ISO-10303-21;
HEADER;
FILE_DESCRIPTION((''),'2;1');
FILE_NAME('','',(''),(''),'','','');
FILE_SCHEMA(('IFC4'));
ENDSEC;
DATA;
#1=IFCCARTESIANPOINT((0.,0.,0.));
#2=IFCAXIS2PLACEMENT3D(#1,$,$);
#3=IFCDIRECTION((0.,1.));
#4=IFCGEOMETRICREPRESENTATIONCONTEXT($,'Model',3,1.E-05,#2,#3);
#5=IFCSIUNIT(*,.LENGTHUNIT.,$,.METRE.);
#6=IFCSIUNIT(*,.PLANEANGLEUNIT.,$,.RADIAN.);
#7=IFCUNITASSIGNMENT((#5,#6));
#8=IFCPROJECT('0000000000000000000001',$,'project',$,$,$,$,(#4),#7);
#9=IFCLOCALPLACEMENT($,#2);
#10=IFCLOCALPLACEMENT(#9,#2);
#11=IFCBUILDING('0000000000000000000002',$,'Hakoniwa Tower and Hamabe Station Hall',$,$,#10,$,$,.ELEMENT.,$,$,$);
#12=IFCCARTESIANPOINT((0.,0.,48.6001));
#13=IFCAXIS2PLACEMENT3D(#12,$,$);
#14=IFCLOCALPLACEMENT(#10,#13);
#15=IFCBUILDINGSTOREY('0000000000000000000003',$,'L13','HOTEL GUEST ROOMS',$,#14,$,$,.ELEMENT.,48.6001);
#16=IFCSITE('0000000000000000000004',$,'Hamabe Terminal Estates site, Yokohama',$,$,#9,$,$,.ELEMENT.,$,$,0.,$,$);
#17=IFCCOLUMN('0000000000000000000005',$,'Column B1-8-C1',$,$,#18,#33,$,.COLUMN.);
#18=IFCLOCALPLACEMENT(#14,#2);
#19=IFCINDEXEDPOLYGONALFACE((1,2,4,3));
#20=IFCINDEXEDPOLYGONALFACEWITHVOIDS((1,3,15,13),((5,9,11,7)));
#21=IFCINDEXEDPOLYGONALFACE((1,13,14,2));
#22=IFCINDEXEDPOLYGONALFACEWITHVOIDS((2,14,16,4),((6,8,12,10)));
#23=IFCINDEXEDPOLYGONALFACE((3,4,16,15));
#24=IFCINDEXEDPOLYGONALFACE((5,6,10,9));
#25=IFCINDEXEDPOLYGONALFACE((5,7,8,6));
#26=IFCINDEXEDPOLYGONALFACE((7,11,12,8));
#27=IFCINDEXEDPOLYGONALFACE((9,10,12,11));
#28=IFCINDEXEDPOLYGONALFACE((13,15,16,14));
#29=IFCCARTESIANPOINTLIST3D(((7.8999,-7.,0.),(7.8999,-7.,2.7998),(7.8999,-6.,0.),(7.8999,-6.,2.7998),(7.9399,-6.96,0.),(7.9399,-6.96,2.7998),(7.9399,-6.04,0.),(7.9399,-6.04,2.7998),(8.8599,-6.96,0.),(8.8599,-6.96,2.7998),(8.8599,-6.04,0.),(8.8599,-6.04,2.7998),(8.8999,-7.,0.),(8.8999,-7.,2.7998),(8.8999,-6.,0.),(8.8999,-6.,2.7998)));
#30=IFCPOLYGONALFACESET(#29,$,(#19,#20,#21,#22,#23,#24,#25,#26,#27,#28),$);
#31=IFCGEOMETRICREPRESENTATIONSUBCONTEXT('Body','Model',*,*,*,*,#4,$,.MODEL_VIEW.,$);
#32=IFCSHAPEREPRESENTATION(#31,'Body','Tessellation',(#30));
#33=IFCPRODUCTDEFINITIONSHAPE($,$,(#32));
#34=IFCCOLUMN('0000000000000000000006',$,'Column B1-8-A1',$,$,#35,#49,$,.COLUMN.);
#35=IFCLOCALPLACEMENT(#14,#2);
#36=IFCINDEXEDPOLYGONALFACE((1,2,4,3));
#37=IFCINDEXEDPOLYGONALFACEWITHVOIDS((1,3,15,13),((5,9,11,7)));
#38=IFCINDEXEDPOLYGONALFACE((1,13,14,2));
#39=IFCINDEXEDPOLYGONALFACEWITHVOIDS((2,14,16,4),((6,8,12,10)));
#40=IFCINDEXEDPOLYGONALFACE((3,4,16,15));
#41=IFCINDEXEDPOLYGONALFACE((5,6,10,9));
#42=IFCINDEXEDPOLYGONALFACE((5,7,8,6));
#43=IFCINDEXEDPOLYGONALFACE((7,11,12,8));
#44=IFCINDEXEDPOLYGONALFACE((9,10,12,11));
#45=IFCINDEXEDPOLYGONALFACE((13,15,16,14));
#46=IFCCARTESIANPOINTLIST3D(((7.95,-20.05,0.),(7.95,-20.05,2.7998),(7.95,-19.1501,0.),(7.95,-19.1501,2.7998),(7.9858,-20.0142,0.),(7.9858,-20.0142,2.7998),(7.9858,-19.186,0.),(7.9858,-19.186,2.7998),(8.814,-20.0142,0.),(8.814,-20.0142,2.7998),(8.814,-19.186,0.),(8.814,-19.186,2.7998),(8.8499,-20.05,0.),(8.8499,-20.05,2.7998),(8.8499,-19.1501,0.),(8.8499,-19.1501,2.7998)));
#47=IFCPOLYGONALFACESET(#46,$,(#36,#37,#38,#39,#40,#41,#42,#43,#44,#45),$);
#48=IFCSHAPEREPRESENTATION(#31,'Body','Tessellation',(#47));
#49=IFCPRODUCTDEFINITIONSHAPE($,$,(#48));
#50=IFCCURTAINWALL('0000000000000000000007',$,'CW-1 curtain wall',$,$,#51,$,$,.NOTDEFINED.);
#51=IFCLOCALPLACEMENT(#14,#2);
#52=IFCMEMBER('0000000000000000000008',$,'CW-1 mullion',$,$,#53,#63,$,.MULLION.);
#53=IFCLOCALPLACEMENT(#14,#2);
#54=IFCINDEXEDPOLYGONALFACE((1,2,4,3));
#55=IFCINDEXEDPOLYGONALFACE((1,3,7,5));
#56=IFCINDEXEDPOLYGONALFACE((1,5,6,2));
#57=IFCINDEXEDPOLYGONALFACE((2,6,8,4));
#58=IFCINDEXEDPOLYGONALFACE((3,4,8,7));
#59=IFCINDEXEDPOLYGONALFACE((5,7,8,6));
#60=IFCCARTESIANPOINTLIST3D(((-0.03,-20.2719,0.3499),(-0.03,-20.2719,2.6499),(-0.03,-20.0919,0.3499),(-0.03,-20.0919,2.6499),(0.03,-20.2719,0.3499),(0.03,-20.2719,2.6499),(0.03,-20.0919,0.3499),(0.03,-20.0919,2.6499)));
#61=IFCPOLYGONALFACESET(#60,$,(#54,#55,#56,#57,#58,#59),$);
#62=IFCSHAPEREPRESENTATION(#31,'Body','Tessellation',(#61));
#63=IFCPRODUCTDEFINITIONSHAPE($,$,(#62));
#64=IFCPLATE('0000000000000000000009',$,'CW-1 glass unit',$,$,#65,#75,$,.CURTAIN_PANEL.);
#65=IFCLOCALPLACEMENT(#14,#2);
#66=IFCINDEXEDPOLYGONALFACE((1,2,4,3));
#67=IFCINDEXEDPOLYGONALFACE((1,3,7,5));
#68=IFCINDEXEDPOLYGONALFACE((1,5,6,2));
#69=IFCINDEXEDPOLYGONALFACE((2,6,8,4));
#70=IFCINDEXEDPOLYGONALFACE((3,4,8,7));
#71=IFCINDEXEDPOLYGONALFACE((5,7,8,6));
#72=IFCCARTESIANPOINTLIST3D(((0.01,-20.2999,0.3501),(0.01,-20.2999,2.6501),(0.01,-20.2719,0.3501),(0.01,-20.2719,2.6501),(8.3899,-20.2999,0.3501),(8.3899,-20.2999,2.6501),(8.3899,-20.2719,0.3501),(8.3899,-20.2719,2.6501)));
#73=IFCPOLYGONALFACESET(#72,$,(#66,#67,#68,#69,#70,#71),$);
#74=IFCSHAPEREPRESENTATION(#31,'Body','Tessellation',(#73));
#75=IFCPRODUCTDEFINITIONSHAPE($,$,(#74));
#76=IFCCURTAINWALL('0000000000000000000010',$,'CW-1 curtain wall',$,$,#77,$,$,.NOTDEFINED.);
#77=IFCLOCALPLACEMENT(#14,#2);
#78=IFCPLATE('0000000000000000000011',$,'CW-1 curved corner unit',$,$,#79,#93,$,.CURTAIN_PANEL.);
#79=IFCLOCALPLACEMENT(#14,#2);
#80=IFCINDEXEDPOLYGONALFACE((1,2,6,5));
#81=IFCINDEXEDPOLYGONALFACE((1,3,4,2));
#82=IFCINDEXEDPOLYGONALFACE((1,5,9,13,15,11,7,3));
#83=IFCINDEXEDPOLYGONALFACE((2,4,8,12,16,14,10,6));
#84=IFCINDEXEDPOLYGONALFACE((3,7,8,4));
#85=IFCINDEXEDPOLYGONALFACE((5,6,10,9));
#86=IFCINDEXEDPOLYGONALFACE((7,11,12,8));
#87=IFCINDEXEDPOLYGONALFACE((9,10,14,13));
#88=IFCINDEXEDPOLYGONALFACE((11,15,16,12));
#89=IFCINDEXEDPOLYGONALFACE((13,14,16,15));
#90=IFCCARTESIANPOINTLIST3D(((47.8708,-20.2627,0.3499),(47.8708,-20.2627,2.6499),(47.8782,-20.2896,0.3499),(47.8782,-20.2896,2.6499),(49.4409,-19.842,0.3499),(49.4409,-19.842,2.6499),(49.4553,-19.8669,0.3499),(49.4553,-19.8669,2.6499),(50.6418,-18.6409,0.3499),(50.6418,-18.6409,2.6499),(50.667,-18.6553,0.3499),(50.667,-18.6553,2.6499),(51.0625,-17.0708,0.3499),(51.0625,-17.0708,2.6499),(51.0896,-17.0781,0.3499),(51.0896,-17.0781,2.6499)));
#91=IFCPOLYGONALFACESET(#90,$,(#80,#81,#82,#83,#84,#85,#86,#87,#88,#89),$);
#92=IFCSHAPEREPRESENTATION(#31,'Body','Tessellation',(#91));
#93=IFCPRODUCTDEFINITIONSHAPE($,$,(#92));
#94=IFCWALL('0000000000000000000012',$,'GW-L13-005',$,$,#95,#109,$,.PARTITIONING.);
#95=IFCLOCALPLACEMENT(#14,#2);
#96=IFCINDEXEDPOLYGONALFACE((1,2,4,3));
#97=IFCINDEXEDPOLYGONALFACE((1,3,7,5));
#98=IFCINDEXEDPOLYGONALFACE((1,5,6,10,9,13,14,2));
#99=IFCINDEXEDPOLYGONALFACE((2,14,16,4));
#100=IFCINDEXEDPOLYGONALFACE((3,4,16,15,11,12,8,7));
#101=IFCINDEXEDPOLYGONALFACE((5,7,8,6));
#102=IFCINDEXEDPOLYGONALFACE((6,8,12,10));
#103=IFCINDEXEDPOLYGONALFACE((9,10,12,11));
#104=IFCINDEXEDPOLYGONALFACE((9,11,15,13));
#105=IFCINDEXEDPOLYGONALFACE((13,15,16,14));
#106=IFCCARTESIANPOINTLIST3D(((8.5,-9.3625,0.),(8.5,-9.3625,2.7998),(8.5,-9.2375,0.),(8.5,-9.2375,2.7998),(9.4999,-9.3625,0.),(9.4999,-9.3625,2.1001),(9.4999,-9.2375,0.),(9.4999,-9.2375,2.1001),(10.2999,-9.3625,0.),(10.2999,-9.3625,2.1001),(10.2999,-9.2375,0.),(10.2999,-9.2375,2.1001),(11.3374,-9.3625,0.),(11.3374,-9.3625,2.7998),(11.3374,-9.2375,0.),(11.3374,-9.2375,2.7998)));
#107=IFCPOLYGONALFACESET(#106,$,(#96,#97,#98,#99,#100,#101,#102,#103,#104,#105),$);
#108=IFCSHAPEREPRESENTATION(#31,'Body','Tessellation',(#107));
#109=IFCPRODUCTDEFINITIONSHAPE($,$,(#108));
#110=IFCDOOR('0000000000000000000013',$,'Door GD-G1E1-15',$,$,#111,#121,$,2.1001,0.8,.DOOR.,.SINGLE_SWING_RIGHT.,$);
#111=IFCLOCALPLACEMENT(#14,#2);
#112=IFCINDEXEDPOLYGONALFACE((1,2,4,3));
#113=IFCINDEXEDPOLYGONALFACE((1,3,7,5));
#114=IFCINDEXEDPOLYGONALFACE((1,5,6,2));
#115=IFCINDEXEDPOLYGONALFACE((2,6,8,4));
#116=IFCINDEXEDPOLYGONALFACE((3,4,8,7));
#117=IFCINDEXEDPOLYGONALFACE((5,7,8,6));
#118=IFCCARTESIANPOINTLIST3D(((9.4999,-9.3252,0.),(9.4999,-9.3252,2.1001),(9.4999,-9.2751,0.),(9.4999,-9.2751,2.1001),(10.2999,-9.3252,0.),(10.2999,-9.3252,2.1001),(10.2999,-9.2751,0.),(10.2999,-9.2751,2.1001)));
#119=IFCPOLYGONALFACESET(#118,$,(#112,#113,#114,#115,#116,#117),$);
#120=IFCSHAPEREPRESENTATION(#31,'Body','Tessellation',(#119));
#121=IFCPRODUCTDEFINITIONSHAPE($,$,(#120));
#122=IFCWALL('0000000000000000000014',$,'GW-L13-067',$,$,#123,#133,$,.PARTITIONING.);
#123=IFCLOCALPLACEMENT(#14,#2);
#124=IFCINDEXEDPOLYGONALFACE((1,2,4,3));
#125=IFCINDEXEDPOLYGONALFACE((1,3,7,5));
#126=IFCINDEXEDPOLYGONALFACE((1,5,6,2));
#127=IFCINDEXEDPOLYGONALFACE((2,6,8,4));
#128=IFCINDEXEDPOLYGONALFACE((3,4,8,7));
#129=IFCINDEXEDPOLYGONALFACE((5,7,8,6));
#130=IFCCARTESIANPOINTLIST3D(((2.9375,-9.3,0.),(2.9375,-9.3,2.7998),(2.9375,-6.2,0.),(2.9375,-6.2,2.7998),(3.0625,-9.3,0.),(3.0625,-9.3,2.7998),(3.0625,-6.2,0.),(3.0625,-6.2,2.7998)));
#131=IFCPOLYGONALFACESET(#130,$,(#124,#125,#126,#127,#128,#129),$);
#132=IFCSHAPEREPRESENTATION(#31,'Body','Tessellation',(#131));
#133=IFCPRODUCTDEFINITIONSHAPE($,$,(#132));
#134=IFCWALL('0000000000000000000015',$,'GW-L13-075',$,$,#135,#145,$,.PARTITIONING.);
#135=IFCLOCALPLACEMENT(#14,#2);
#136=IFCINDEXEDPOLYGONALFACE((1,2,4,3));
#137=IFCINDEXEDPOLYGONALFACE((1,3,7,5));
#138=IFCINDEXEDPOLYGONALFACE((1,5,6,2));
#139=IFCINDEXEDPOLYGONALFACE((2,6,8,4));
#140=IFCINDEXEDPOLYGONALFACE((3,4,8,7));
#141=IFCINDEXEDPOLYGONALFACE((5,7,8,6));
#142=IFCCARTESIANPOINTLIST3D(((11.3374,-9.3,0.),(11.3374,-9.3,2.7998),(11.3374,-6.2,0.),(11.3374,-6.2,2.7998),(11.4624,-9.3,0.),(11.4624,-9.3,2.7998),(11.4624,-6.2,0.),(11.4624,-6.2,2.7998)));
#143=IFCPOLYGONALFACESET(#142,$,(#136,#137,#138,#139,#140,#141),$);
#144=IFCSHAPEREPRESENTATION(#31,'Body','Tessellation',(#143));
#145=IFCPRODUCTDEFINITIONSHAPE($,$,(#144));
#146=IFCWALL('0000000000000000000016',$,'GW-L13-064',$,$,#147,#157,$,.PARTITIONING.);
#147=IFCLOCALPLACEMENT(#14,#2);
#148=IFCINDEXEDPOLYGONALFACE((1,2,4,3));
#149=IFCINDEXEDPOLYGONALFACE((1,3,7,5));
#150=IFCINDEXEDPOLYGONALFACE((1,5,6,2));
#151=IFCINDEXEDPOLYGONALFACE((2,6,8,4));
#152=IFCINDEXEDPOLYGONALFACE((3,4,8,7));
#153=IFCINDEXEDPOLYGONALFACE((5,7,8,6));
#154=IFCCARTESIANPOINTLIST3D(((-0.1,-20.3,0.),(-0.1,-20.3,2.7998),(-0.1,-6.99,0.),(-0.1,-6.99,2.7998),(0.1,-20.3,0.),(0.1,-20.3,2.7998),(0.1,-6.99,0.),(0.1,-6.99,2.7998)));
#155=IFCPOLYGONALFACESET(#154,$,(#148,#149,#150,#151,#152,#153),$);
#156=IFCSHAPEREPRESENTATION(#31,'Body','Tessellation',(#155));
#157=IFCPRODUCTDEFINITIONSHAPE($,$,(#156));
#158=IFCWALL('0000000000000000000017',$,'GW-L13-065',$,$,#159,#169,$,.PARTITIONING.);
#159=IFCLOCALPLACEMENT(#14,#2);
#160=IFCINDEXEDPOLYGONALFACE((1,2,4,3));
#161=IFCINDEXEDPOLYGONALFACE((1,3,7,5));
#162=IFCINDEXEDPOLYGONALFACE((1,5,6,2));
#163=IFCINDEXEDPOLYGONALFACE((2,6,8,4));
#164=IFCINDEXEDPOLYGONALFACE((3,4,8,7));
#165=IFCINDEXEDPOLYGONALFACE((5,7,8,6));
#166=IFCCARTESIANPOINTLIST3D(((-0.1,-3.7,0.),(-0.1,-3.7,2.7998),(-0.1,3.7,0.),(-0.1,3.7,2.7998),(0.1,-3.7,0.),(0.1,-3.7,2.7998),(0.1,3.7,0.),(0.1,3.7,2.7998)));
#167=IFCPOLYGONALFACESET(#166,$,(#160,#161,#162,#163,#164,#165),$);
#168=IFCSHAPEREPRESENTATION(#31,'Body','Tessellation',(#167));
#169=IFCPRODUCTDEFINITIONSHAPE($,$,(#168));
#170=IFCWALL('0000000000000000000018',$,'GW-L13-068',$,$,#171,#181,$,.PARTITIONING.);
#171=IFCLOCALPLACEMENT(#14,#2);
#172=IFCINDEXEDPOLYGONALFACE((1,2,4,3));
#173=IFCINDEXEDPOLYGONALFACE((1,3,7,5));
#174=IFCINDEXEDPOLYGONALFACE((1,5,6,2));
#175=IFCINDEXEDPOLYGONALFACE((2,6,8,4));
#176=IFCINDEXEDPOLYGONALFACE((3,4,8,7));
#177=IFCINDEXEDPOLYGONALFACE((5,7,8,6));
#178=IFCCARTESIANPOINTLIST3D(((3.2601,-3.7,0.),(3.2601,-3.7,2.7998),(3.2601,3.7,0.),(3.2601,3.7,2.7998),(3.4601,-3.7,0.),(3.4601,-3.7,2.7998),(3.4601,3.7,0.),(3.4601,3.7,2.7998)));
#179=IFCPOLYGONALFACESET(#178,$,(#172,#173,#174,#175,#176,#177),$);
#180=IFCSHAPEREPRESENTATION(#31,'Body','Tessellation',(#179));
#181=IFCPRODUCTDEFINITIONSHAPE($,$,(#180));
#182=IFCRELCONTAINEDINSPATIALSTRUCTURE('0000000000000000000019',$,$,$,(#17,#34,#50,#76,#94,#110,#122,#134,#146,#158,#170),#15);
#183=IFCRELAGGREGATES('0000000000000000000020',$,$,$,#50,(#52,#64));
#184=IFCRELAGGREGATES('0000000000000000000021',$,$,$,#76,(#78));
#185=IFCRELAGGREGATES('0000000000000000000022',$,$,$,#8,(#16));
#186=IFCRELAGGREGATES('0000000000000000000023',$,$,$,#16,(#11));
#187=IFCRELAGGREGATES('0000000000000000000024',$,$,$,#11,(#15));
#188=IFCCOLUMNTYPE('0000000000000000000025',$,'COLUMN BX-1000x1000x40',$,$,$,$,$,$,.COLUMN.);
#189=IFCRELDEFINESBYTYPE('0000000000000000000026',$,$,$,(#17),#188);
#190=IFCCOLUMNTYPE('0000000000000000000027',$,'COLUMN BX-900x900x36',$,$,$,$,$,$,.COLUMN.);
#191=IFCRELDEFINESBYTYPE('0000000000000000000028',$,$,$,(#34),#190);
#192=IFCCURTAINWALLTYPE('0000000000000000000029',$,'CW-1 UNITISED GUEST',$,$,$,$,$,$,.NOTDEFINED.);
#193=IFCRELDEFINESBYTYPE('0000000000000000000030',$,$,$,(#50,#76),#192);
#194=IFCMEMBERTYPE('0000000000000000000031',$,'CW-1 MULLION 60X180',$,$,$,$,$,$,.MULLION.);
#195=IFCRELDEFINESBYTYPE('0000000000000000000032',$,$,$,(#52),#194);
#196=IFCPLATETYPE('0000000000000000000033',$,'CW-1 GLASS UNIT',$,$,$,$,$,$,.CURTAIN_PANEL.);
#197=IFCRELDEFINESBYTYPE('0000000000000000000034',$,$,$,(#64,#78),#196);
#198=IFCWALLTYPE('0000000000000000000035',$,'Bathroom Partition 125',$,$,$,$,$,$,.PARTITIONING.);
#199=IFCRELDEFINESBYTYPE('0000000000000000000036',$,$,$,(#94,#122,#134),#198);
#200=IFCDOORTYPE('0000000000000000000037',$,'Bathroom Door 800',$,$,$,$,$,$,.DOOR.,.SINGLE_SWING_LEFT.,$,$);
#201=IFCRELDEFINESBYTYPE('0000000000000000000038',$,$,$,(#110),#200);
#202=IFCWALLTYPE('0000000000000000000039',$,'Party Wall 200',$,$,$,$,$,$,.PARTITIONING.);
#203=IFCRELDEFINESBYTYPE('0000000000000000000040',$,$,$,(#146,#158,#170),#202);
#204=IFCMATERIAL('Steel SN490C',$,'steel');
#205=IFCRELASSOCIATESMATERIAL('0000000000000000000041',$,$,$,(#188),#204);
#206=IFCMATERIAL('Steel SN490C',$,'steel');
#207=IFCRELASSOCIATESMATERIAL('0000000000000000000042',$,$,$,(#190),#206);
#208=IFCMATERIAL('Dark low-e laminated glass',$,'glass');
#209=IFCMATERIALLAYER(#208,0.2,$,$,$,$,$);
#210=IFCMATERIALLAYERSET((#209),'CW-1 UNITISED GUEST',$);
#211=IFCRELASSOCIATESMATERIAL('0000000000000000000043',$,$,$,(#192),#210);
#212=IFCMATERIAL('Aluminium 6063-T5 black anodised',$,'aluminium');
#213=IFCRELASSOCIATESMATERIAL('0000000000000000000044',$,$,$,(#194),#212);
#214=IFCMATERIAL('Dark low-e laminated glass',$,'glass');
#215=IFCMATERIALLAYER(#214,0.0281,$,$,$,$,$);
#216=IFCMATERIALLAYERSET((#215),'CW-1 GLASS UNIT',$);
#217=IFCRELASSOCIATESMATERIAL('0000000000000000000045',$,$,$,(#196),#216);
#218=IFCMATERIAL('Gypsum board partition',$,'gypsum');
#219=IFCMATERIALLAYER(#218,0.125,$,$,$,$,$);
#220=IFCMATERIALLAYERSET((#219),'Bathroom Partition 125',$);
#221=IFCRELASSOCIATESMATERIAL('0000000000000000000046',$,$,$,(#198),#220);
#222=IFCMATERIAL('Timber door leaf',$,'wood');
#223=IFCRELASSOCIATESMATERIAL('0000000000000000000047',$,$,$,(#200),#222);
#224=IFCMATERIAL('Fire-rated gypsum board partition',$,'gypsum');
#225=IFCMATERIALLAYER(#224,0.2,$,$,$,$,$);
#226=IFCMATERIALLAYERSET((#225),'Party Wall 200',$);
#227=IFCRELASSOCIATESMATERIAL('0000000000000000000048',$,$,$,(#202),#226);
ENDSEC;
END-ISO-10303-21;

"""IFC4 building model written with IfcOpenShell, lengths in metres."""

from ifc_helpers import new_model, si_unit, direction, frame, frame_2d, origin, origin_2d, place, context, subcontext, project, spatial, polyline, rectangle, hollow_rectangle, outline, extrude, material, layer, layer_set, material_profile, profile_set, type_object, element, fill, aggregate, save


model = new_model("IFC4")

# Units and contexts
model_context = context("Model", 3, precision=1e-05, world=origin(), true_north=direction((0.0, 1.0)))
body_context = subcontext(model_context, "Body", "Model", "MODEL_VIEW")
ifc_project = project(units=[si_unit("LENGTHUNIT", "METRE"), si_unit("PLANEANGLEUNIT", "RADIAN")], contexts=[model_context])

# Site, building, storey
site_placement = place(None, origin())
site = spatial("IfcSite", under=ifc_project, at=site_placement, Name="Hamabe Terminal Estates site, Yokohama", CompositionType="ELEMENT", RefElevation=0.0)
building_placement = place(site_placement, origin())
building = spatial("IfcBuilding", under=site, at=building_placement, Name="Hakoniwa Tower and Hamabe Station Hall", CompositionType="ELEMENT")
storey_placement = place(building_placement, frame((0.0, 0.0, 48.6001)))
storey = spatial("IfcBuildingStorey", under=building, at=storey_placement, Name="L13", Description="HOTEL GUEST ROOMS", CompositionType="ELEMENT", Elevation=48.6001)

# Columns
ifc_material_1 = material(Name="Steel SN490C", Category="steel")
ifc_material_profile_1 = material_profile(ifc_material_1, hollow_rectangle(XDim=1.0, YDim=1.0, WallThickness=0.04, at=origin_2d()), Name="BX-1000x1000x40")
ifc_profile_set_1 = profile_set([ifc_material_profile_1], Name="Steel SN490C")
column_type_1 = type_object("IfcColumnType", Name="COLUMN BX-1000x1000x40", PredefinedType="COLUMN", material=ifc_profile_set_1)
column_1_placement = place(storey_placement, frame((8.3999, -6.5, 0.0), z_axis=(0.0, 0.0, 1.0), x_axis=(1.0, 0.0, 0.0)))
element("IfcColumn", 1, at=column_1_placement, inside=storey, type_object=column_type_1, Name="Column B1-8-C1", PredefinedType="COLUMN", context=body_context, shape_type="SweptSolid", body=[
    extrude(hollow_rectangle(XDim=1.0, YDim=1.0, WallThickness=0.04, at=origin_2d()), origin(), (0.0, 0.0, 1.0), 2.7998),
])
ifc_material_2 = material(Name="Steel SN490C", Category="steel")
ifc_material_profile_2 = material_profile(ifc_material_2, hollow_rectangle(XDim=0.8999, YDim=0.8999, WallThickness=0.0359, at=origin_2d()), Name="BX-900x900x36")
ifc_profile_set_2 = profile_set([ifc_material_profile_2], Name="Steel SN490C")
column_type_2 = type_object("IfcColumnType", Name="COLUMN BX-900x900x36", PredefinedType="COLUMN", material=ifc_profile_set_2)
column_2_placement = place(storey_placement, frame((8.3999, -19.6001, 0.0), z_axis=(0.0, 0.0, 1.0), x_axis=(1.0, 0.0, 0.0)))
element("IfcColumn", 2, at=column_2_placement, inside=storey, type_object=column_type_2, Name="Column B1-8-A1", PredefinedType="COLUMN", context=body_context, shape_type="SweptSolid", body=[
    extrude(hollow_rectangle(XDim=0.8999, YDim=0.8999, WallThickness=0.0359, at=origin_2d()), origin(), (0.0, 0.0, 1.0), 2.7998),
])

# Curtain wall, member, plate
ifc_material_3 = material(Name="Dark low-e laminated glass", Category="glass")
ifc_layer_1 = layer(ifc_material_3, 0.2)
ifc_layer_set_1 = layer_set([ifc_layer_1], Name="CW-1 UNITISED GUEST")
curtain_wall_type = type_object("IfcCurtainWallType", Name="CW-1 UNITISED GUEST", PredefinedType="NOTDEFINED", material=ifc_layer_set_1)
curtain_wall_1_placement = place(storey_placement, origin())
curtain_wall_1 = element("IfcCurtainWall", 3, at=curtain_wall_1_placement, inside=storey, type_object=curtain_wall_type, Name="CW-1 curtain wall", PredefinedType="NOTDEFINED")
ifc_material_4 = material(Name="Aluminium 6063-T5 black anodised", Category="aluminium")
ifc_material_profile_3 = material_profile(ifc_material_4, rectangle(XDim=0.0601, YDim=0.1799, at=origin_2d()), Name="CW-1 MULLION 60X180")
ifc_profile_set_3 = profile_set([ifc_material_profile_3], Name="Aluminium 6063-T5 black anodised")
member_type = type_object("IfcMemberType", Name="CW-1 MULLION 60X180", PredefinedType="MULLION", material=ifc_profile_set_3)
member_placement = place(storey_placement, frame((0.0, -20.1819, 0.3499), z_axis=(0.0, 0.0, 1.0), x_axis=(1.0, 0.0, 0.0)))
member = element("IfcMember", 4, at=member_placement, type_object=member_type, Name="CW-1 mullion", PredefinedType="MULLION", context=body_context, shape_type="SweptSolid", body=[
    extrude(rectangle(XDim=0.0601, YDim=0.1799, at=origin_2d()), origin(), (0.0, 0.0, 1.0), 2.3),
])
ifc_material_5 = material(Name="Dark low-e laminated glass", Category="glass")
ifc_layer_2 = layer(ifc_material_5, 0.0281)
ifc_layer_set_2 = layer_set([ifc_layer_2], Name="CW-1 GLASS UNIT")
plate_type = type_object("IfcPlateType", Name="CW-1 GLASS UNIT", PredefinedType="CURTAIN_PANEL", material=ifc_layer_set_2)
plate_1_placement = place(storey_placement, frame((4.2, -20.2859, 0.3501), z_axis=(0.0, 0.0, 1.0), x_axis=(1.0, 0.0, 0.0)))
plate_1 = element("IfcPlate", 5, at=plate_1_placement, type_object=plate_type, Name="CW-1 glass unit", PredefinedType="CURTAIN_PANEL", context=body_context, shape_type="SweptSolid", body=[
    extrude(rectangle(XDim=8.3799, YDim=0.0281, at=origin_2d()), origin(), (0.0, 0.0, 1.0), 2.3),
])
aggregate(curtain_wall_1, [member, plate_1])

# Curtain wall, plate
curtain_wall_2_placement = place(storey_placement, origin())
curtain_wall_2 = element("IfcCurtainWall", 6, at=curtain_wall_2_placement, inside=storey, type_object=curtain_wall_type, Name="CW-1 curtain wall", PredefinedType="NOTDEFINED")
plate_2_placement = place(storey_placement, frame((0.0, 0.0, 0.3499)))
plate_2 = element("IfcPlate", 7, at=plate_2_placement, type_object=plate_type, Name="CW-1 curved corner unit", PredefinedType="CURTAIN_PANEL", context=body_context, shape_type="SweptSolid", body=[
    extrude(outline(polyline([(47.8782, -20.2896), (49.4553, -19.8669), (50.667, -18.6553), (51.0896, -17.0781), (51.0625, -17.0708), (50.6418, -18.6409), (49.4409, -19.842), (47.8708, -20.2627), (47.8782, -20.2896)])), origin(), (0.0, 0.0, 1.0), 2.3),
])
aggregate(curtain_wall_2, [plate_2])

# Wall, opening, door
ifc_material_6 = material(Name="Gypsum board partition", Category="gypsum")
ifc_layer_3 = layer(ifc_material_6, 0.125)
ifc_layer_set_3 = layer_set([ifc_layer_3], Name="Bathroom Partition 125")
wall_type_1 = type_object("IfcWallType", Name="Bathroom Partition 125", PredefinedType="PARTITIONING", material=ifc_layer_set_3)
wall_1_placement = place(storey_placement, frame((8.5, -9.3, 0.0), z_axis=(0.0, 0.0, 1.0), x_axis=(1.0, 0.0, 0.0)))
wall_1 = element("IfcWall", 8, at=wall_1_placement, inside=storey, type_object=wall_type_1, Name="GW-L13-005", PredefinedType="PARTITIONING", context=body_context, shape_type="SweptSolid", body=[
    extrude(rectangle(XDim=2.8374, YDim=0.125, at=frame_2d((1.4187, 0.0))), origin(), (0.0, 0.0, 1.0), 2.7998),
])
opening_1_placement = place(wall_1_placement, frame((1.0, 0.0, 0.0)))
opening_1 = element("IfcOpeningElement", 9, at=opening_1_placement, cuts=wall_1, PredefinedType="OPENING", context=body_context, shape_type="SweptSolid", body=[
    extrude(rectangle(XDim=0.8, YDim=2.1001, at=frame_2d((0.3999, 1.05))), frame((0.0, 0.0725, 0.0), z_axis=(0.0, -1.0, 0.0), x_axis=(1.0, 0.0, 0.0)), (0.0, 0.0, 1.0), 0.145),
])
ifc_material_7 = material(Name="Timber door leaf", Category="wood")
door_type_1 = type_object("IfcDoorType", Name="Bathroom Door 800", OperationType="SINGLE_SWING_LEFT", PredefinedType="DOOR", material=ifc_material_7)
door_1_placement = place(opening_1_placement, origin())
door_1 = element("IfcDoor", 10, at=door_1_placement, inside=storey, type_object=door_type_1, Name="Door GD-G1E1-15", OperationType="SINGLE_SWING_RIGHT", OverallHeight=2.1001, OverallWidth=0.8, PredefinedType="DOOR", context=body_context, shape_type="SweptSolid", body=[
    extrude(rectangle(XDim=0.8, YDim=2.1001, at=frame_2d((0.3999, 1.05))), frame((0.0, 0.0249, 0.0), z_axis=(0.0, -1.0, 0.0), x_axis=(1.0, 0.0, 0.0)), (0.0, 0.0, 1.0), 0.05),
])
fill(opening_1, door_1)

# Walls
for number, where, z_axis, x_axis, name in (
    (11, (3.0, -9.3, 0.0), (0.0, 0.0, 1.0), (0.0, 1.0, 0.0), "GW-L13-067"),
    (12, (11.3999, -9.3, 0.0), (0.0, 0.0, 1.0), (0.0, 1.0, 0.0), "GW-L13-075"),
):
    element("IfcWall", number, at=place(storey_placement, frame(where, z_axis=z_axis, x_axis=x_axis)), inside=storey, type_object=wall_type_1, Name=name, PredefinedType="PARTITIONING", context=body_context, shape_type="SweptSolid", body=[
        extrude(rectangle(XDim=3.1001, YDim=0.125, at=frame_2d((1.55, 0.0))), origin(), (0.0, 0.0, 1.0), 2.7998),
    ])
ifc_material_8 = material(Name="Fire-rated gypsum board partition", Category="gypsum")
ifc_layer_4 = layer(ifc_material_8, 0.2)
ifc_layer_set_4 = layer_set([ifc_layer_4], Name="Party Wall 200")
wall_type_2 = type_object("IfcWallType", Name="Party Wall 200", PredefinedType="PARTITIONING", material=ifc_layer_set_4)
wall_2_placement = place(storey_placement, frame((0.0, -20.3, 0.0), z_axis=(0.0, 0.0, 1.0), x_axis=(0.0, 1.0, 0.0)))
element("IfcWall", 13, at=wall_2_placement, inside=storey, type_object=wall_type_2, Name="GW-L13-064", PredefinedType="PARTITIONING", context=body_context, shape_type="SweptSolid", body=[
    extrude(rectangle(XDim=13.3101, YDim=0.2, at=frame_2d((6.655, 0.0))), origin(), (0.0, 0.0, 1.0), 2.7998),
])
for number, where, z_axis, x_axis, name in (
    (14, (0.0, -3.7, 0.0), (0.0, 0.0, 1.0), (0.0, 1.0, 0.0), "GW-L13-065"),
    (15, (3.3601, -3.7, 0.0), (0.0, 0.0, 1.0), (0.0, 1.0, 0.0), "GW-L13-068"),
):
    element("IfcWall", number, at=place(storey_placement, frame(where, z_axis=z_axis, x_axis=x_axis)), inside=storey, type_object=wall_type_2, Name=name, PredefinedType="PARTITIONING", context=body_context, shape_type="SweptSolid", body=[
        extrude(rectangle(XDim=7.3999, YDim=0.2, at=frame_2d((3.7, 0.0))), origin(), (0.0, 0.0, 1.0), 2.7998),
    ])

save(model, "model.ifc")
